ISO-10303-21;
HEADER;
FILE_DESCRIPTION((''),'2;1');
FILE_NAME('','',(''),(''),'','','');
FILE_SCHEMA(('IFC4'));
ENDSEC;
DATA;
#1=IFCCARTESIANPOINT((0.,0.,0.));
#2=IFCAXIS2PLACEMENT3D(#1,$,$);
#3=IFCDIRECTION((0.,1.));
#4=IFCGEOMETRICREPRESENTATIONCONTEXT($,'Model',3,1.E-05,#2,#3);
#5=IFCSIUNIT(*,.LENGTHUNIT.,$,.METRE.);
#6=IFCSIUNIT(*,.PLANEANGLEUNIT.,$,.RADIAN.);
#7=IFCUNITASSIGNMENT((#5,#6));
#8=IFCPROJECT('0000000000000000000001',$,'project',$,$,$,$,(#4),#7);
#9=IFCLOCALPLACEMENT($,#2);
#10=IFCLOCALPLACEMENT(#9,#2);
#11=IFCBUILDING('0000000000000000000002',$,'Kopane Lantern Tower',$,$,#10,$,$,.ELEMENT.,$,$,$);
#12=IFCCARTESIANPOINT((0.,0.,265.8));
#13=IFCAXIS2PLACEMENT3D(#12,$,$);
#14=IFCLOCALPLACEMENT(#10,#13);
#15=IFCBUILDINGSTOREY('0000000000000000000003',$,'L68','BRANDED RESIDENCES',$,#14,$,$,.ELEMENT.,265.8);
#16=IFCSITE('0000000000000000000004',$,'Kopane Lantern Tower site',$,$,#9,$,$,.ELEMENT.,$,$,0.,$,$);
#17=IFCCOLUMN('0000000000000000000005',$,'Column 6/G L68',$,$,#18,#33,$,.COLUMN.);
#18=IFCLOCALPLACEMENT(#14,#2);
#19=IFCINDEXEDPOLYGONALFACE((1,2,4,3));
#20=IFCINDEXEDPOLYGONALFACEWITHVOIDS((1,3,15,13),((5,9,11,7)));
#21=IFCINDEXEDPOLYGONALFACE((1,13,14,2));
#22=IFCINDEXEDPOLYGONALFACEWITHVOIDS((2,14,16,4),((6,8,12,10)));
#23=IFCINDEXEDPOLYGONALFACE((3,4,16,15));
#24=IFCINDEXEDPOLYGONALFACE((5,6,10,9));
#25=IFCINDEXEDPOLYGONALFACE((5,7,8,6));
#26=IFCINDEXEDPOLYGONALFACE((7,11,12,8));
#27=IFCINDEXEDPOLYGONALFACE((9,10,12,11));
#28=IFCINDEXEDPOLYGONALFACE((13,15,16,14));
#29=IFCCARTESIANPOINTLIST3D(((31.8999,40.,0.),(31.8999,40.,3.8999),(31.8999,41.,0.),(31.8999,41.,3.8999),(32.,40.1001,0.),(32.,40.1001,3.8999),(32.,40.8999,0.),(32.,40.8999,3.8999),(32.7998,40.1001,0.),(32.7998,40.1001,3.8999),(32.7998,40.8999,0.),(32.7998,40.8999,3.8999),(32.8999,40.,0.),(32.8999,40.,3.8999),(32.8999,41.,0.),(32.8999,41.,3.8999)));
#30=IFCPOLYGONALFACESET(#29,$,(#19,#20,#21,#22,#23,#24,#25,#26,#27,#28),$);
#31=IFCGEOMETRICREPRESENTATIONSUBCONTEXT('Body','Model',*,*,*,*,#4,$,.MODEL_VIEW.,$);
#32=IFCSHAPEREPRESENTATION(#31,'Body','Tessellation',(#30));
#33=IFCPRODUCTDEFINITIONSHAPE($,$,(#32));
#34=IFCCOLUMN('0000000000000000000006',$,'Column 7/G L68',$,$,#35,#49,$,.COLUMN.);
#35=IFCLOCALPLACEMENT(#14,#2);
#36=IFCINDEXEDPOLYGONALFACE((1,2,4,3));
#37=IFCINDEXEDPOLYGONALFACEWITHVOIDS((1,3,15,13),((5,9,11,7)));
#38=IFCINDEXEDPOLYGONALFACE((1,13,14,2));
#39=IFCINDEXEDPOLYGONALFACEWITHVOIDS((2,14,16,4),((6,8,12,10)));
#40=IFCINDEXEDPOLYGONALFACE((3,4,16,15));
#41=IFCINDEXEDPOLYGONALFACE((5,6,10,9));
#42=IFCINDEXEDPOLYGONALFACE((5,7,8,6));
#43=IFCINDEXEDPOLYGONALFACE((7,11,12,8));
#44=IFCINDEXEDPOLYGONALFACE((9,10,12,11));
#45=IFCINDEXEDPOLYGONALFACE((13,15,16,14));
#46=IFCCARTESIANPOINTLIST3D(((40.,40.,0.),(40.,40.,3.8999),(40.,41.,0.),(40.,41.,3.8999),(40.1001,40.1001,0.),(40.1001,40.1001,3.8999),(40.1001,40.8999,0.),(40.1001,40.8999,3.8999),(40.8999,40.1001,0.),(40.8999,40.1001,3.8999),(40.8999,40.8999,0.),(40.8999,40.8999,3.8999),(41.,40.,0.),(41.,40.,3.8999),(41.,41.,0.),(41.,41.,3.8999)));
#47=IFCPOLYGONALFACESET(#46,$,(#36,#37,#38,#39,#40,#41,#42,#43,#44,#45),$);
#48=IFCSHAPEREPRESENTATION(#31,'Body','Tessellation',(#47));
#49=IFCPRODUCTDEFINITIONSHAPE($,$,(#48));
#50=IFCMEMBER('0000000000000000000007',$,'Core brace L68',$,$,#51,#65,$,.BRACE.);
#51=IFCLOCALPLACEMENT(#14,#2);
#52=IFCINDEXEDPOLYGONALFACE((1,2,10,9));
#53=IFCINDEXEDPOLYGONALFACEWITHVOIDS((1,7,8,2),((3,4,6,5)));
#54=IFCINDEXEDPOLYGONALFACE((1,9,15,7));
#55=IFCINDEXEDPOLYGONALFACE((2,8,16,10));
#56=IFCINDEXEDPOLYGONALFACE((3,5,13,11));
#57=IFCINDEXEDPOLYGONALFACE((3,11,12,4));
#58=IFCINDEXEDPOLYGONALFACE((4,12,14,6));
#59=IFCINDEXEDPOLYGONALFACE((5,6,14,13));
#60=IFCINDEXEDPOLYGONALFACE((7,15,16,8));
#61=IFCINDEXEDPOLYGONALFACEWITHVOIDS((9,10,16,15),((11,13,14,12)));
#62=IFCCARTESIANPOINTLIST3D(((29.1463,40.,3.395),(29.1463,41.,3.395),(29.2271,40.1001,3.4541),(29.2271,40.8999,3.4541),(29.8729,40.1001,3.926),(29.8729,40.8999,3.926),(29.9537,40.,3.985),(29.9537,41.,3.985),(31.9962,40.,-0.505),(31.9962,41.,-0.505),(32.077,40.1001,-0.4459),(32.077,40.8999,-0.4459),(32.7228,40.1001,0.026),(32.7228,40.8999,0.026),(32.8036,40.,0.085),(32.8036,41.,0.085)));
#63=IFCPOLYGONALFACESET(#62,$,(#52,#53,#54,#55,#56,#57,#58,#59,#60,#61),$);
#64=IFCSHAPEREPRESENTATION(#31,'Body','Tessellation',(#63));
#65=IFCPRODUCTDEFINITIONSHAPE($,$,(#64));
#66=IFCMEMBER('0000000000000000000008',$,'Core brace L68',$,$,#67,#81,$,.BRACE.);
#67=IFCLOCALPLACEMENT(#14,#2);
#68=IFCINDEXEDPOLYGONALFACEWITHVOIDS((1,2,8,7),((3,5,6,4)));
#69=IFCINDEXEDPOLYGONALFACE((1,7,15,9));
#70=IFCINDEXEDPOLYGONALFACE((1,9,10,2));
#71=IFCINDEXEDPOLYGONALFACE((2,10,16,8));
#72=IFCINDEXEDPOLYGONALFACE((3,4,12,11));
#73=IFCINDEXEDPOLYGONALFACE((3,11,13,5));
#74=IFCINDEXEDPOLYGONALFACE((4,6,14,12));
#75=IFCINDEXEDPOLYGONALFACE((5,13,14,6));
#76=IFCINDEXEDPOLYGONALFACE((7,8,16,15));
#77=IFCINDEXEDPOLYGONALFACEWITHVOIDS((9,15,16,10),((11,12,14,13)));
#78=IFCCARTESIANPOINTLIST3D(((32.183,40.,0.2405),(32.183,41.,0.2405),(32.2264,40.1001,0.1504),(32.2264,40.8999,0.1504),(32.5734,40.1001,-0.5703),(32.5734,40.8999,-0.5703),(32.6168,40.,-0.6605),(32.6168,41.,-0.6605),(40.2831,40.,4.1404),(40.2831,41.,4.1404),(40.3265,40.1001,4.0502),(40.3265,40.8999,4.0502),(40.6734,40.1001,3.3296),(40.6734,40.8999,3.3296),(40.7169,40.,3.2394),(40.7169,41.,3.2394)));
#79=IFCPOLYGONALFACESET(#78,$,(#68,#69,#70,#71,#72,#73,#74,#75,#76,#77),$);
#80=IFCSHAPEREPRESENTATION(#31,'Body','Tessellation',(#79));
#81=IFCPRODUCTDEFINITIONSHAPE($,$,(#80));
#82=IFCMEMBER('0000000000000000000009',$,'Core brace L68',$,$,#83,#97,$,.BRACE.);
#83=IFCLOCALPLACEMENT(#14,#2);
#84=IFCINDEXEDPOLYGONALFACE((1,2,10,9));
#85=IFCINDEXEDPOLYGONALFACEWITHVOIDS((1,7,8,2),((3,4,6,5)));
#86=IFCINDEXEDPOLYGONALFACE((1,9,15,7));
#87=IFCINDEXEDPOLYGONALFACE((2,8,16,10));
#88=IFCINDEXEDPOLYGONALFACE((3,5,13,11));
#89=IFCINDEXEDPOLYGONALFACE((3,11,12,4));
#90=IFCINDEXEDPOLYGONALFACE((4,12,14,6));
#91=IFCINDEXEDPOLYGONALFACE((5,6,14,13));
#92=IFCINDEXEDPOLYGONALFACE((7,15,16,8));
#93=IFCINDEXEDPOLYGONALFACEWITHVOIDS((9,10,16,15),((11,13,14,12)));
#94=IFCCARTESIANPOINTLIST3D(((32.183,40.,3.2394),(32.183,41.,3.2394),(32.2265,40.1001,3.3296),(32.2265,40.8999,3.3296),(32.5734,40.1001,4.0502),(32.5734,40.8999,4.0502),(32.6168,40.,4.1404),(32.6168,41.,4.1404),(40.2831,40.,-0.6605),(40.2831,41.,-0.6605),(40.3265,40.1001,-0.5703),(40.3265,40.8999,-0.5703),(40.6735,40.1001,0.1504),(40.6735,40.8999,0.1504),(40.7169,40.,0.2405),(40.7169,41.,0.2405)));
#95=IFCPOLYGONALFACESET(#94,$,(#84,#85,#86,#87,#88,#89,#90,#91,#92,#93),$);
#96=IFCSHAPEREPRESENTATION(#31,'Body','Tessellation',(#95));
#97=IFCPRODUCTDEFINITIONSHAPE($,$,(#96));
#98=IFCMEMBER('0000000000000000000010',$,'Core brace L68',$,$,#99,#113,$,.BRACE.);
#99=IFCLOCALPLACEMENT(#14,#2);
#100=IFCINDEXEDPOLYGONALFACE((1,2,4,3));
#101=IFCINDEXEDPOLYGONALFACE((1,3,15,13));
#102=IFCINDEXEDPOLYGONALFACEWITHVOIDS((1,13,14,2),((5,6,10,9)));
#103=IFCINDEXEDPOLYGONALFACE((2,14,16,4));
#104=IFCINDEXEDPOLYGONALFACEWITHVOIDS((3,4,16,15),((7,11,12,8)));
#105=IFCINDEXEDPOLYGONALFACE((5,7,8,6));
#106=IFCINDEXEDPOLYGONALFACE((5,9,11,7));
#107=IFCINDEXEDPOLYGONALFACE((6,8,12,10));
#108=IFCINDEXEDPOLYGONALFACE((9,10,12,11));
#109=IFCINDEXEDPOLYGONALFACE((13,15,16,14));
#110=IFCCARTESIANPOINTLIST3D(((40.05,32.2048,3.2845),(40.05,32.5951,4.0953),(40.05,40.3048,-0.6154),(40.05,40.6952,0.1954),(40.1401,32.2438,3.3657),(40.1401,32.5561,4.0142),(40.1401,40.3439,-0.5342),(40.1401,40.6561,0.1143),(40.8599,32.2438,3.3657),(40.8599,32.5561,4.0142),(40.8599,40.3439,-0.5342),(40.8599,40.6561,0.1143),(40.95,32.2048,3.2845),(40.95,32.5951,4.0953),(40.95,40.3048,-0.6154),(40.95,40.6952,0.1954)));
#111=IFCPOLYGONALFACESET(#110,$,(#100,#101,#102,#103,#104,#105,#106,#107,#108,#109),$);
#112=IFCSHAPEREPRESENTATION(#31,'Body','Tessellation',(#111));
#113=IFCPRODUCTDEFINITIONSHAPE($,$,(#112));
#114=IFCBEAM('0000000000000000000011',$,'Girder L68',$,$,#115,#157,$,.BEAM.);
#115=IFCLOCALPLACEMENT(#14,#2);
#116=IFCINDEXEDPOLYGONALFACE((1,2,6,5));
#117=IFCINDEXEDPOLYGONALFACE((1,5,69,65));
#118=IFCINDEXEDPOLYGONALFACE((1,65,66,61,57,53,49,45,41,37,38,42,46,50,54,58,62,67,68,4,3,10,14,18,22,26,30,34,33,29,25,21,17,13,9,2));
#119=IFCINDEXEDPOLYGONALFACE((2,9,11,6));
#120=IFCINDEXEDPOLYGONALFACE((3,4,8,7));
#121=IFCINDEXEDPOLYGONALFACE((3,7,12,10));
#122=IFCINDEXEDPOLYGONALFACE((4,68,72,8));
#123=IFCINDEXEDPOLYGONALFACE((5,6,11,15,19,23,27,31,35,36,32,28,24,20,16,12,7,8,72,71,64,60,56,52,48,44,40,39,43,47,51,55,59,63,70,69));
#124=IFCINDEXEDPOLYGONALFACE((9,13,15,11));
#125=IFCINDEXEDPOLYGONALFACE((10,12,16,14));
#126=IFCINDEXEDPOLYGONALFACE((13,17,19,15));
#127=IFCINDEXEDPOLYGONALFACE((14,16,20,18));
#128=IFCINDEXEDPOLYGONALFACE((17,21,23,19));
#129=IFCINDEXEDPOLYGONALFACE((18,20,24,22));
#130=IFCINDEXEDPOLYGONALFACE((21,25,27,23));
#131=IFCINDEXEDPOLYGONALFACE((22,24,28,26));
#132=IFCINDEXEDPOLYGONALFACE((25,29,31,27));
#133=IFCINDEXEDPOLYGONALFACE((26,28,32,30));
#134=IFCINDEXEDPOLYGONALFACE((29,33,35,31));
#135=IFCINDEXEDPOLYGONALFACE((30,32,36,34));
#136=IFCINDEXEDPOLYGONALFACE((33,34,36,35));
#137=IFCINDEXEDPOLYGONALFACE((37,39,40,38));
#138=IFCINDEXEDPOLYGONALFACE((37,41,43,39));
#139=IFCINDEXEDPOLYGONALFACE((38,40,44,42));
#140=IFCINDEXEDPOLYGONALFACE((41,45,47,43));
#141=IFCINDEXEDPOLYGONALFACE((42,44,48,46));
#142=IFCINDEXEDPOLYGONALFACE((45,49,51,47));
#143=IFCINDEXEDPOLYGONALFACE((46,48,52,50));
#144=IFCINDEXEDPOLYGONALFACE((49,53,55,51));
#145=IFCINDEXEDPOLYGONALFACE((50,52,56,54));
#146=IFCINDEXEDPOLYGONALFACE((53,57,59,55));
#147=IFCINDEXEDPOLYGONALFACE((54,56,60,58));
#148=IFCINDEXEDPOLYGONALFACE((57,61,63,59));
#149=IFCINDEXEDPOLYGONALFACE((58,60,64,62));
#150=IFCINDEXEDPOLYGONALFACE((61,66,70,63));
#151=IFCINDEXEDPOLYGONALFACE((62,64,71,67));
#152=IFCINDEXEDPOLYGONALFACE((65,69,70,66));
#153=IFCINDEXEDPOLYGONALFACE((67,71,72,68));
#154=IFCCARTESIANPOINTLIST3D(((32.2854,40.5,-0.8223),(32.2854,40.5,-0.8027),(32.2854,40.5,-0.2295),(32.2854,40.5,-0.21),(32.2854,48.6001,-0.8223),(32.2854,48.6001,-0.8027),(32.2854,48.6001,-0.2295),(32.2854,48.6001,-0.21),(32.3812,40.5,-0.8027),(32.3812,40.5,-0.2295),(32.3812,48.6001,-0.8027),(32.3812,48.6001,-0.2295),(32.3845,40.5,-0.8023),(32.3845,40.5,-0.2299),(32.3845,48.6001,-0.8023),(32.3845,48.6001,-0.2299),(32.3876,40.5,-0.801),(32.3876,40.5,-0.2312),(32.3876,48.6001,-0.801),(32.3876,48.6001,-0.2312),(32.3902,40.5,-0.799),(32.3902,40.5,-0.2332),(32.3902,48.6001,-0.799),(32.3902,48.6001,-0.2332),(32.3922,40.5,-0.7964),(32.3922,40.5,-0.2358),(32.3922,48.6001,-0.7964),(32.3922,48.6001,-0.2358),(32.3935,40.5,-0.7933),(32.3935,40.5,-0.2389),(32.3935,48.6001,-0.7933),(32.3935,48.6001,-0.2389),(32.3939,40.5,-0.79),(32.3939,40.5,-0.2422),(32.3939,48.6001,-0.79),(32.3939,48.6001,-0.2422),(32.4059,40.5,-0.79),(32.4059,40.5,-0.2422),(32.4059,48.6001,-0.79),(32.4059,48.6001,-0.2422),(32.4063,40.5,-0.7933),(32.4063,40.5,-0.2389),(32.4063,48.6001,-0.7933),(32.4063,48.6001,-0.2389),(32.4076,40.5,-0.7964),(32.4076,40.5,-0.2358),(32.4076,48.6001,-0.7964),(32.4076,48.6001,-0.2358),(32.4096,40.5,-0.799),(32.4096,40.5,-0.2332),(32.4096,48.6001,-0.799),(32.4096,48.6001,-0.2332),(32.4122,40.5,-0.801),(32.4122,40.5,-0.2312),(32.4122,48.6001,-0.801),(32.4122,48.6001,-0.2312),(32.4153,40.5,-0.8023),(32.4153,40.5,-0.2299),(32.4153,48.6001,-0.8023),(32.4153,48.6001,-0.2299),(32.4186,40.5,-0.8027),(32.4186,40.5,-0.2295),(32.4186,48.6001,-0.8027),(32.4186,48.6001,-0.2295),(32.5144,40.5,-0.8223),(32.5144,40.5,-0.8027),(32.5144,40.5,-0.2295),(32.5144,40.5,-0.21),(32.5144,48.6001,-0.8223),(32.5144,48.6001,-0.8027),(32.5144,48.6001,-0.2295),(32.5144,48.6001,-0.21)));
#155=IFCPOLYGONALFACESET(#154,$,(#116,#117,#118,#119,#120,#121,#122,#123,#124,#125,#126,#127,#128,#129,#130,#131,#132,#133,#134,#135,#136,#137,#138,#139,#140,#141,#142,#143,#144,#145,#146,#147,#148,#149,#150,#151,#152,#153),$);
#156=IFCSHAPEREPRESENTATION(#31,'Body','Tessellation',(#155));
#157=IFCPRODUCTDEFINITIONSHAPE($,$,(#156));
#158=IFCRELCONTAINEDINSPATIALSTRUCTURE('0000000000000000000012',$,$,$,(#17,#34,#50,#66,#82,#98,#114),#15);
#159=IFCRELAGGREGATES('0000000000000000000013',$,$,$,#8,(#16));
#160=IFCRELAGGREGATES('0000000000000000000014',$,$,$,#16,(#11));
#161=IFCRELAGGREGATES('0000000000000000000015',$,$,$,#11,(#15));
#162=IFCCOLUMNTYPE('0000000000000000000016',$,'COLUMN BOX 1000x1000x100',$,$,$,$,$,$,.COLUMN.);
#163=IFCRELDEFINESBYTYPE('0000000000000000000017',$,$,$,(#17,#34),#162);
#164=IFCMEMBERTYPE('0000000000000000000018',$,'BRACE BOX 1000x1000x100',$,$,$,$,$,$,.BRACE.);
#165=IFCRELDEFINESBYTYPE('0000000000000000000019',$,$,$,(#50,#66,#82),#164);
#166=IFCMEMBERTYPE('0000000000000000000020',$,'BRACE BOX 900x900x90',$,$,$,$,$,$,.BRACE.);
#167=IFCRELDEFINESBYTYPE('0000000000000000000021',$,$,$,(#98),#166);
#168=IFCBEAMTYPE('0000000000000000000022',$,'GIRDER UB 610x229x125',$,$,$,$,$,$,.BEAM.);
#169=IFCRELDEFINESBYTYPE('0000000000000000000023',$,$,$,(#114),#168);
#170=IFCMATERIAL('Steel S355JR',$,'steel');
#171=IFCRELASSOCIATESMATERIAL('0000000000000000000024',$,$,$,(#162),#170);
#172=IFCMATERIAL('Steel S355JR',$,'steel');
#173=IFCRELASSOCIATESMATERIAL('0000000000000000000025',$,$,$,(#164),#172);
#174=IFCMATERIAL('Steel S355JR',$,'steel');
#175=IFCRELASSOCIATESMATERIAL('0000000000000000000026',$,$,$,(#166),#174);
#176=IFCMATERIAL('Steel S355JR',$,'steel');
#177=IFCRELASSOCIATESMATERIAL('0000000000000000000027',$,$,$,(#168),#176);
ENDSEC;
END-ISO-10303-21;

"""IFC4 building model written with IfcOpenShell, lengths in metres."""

from ifc_helpers import new_model, si_unit, direction, frame, origin, origin_2d, place, context, subcontext, project, spatial, hollow_rectangle, i_section, extrude, material, material_profile, profile_set, type_object, element, save


model = new_model("IFC4")

# Units and contexts
model_context = context("Model", 3, precision=1e-05, world=origin(), true_north=direction((0.0, 1.0)))
body_context = subcontext(model_context, "Body", "Model", "MODEL_VIEW")
ifc_project = project(units=[si_unit("LENGTHUNIT", "METRE"), si_unit("PLANEANGLEUNIT", "RADIAN")], contexts=[model_context])

# Site, building, storey
site_placement = place(None, origin())
site = spatial("IfcSite", under=ifc_project, at=site_placement, Name="Kopane Lantern Tower site", CompositionType="ELEMENT", RefElevation=0.0)
building_placement = place(site_placement, origin())
building = spatial("IfcBuilding", under=site, at=building_placement, Name="Kopane Lantern Tower", CompositionType="ELEMENT")
storey_placement = place(building_placement, frame((0.0, 0.0, 265.8)))
storey = spatial("IfcBuildingStorey", under=building, at=storey_placement, Name="L68", Description="BRANDED RESIDENCES", CompositionType="ELEMENT", Elevation=265.8)

# Columns
ifc_material_1 = material(Name="Steel S355JR", Category="steel")
ifc_material_profile_1 = material_profile(ifc_material_1, hollow_rectangle(XDim=1.0, YDim=1.0, WallThickness=0.1001, at=origin_2d()), Name="BOX 1000x1000x100")
ifc_profile_set_1 = profile_set([ifc_material_profile_1], Name="Steel S355JR")
column_type = type_object("IfcColumnType", Name="COLUMN BOX 1000x1000x100", PredefinedType="COLUMN", material=ifc_profile_set_1)
for number, where, z_axis, x_axis, name in (
    (1, (32.3999, 40.5, 0.0), (0.0, 0.0, 1.0), (1.0, 0.0, 0.0), "Column 6/G L68"),
    (2, (40.5, 40.5, 0.0), (0.0, 0.0, 1.0), (1.0, 0.0, 0.0), "Column 7/G L68"),
):
    element("IfcColumn", number, at=place(storey_placement, frame(where, z_axis=z_axis, x_axis=x_axis)), inside=storey, type_object=column_type, Name=name, PredefinedType="COLUMN", context=body_context, shape_type="SweptSolid", body=[
        extrude(hollow_rectangle(XDim=1.0, YDim=1.0, WallThickness=0.1001, at=origin_2d()), origin(), (0.0, 0.0, 1.0), 3.8999),
    ])

# Members
ifc_material_2 = material(Name="Steel S355JR", Category="steel")
ifc_material_profile_2 = material_profile(ifc_material_2, hollow_rectangle(XDim=1.0, YDim=1.0, WallThickness=0.1001, at=origin_2d()), Name="BOX 1000x1000x100")
ifc_profile_set_2 = profile_set([ifc_material_profile_2], Name="Steel S355JR")
member_type_1 = type_object("IfcMemberType", Name="BRACE BOX 1000x1000x100", PredefinedType="BRACE", material=ifc_profile_set_2)
member_1_placement = place(storey_placement, frame((32.3999, 40.5, -0.21), z_axis=(-0.590006, 0.0, 0.807399), x_axis=(0.0, -1.0, 0.0)))
element("IfcMember", 3, at=member_1_placement, inside=storey, type_object=member_type_1, Name="Core brace L68", PredefinedType="BRACE", context=body_context, shape_type="SweptSolid", body=[
    extrude(hollow_rectangle(XDim=1.0, YDim=1.0, WallThickness=0.1001, at=origin_2d()), origin(), (0.0, 0.0, 1.0), 4.8303),
])
for number, where, z_axis, x_axis, name in (
    (4, (32.3999, 40.5, -0.21), (0.901008, 0.0, 0.433803), (0.0, 1.0, 0.0), "Core brace L68"),
    (5, (40.5, 40.5, -0.21), (-0.901008, 0.0, 0.433803), (0.0, -1.0, 0.0), "Core brace L68"),
):
    element("IfcMember", number, at=place(storey_placement, frame(where, z_axis=z_axis, x_axis=x_axis)), inside=storey, type_object=member_type_1, Name=name, PredefinedType="BRACE", context=body_context, shape_type="SweptSolid", body=[
        extrude(hollow_rectangle(XDim=1.0, YDim=1.0, WallThickness=0.1001, at=origin_2d()), origin(), (0.0, 0.0, 1.0), 8.99),
    ])
ifc_material_3 = material(Name="Steel S355JR", Category="steel")
ifc_material_profile_3 = material_profile(ifc_material_3, hollow_rectangle(XDim=0.8999, YDim=0.8999, WallThickness=0.0901, at=origin_2d()), Name="BOX 900x900x90")
ifc_profile_set_3 = profile_set([ifc_material_profile_3], Name="Steel S355JR")
member_type_2 = type_object("IfcMemberType", Name="BRACE BOX 900x900x90", PredefinedType="BRACE", material=ifc_profile_set_3)
member_2_placement = place(storey_placement, frame((40.5, 40.5, -0.21), z_axis=(0.0, -0.901008, 0.433803), x_axis=(1.0, 0.0, 0.0)))
element("IfcMember", 6, at=member_2_placement, inside=storey, type_object=member_type_2, Name="Core brace L68", PredefinedType="BRACE", context=body_context, shape_type="SweptSolid", body=[
    extrude(hollow_rectangle(XDim=0.8999, YDim=0.8999, WallThickness=0.0901, at=origin_2d()), origin(), (0.0, 0.0, 1.0), 8.99),
])

# Beam
ifc_material_4 = material(Name="Steel S355JR", Category="steel")
ifc_material_profile_4 = material_profile(ifc_material_4, i_section(OverallWidth=0.229, OverallDepth=0.6123, WebThickness=0.012, FlangeThickness=0.0195, FilletRadius=0.0127, at=origin_2d()), Name="UB 610x229x125")
ifc_profile_set_4 = profile_set([ifc_material_profile_4], Name="Steel S355JR")
beam_type = type_object("IfcBeamType", Name="GIRDER UB 610x229x125", PredefinedType="BEAM", material=ifc_profile_set_4)
for number, where, z_axis, x_axis, name in (
    (7, (32.3999, 40.5, -0.5161), (0.0, 1.0, 0.0), (-1.0, 0.0, 0.0), "Girder L68"),
):
    element("IfcBeam", number, at=place(storey_placement, frame(where, z_axis=z_axis, x_axis=x_axis)), inside=storey, type_object=beam_type, Name=name, PredefinedType="BEAM", context=body_context, shape_type="SweptSolid", body=[
        extrude(i_section(OverallWidth=0.229, OverallDepth=0.6123, WebThickness=0.012, FlangeThickness=0.0195, FilletRadius=0.0127, at=origin_2d()), origin(), (0.0, 0.0, 1.0), 8.1001),
    ])

save(model, "model.ifc")
